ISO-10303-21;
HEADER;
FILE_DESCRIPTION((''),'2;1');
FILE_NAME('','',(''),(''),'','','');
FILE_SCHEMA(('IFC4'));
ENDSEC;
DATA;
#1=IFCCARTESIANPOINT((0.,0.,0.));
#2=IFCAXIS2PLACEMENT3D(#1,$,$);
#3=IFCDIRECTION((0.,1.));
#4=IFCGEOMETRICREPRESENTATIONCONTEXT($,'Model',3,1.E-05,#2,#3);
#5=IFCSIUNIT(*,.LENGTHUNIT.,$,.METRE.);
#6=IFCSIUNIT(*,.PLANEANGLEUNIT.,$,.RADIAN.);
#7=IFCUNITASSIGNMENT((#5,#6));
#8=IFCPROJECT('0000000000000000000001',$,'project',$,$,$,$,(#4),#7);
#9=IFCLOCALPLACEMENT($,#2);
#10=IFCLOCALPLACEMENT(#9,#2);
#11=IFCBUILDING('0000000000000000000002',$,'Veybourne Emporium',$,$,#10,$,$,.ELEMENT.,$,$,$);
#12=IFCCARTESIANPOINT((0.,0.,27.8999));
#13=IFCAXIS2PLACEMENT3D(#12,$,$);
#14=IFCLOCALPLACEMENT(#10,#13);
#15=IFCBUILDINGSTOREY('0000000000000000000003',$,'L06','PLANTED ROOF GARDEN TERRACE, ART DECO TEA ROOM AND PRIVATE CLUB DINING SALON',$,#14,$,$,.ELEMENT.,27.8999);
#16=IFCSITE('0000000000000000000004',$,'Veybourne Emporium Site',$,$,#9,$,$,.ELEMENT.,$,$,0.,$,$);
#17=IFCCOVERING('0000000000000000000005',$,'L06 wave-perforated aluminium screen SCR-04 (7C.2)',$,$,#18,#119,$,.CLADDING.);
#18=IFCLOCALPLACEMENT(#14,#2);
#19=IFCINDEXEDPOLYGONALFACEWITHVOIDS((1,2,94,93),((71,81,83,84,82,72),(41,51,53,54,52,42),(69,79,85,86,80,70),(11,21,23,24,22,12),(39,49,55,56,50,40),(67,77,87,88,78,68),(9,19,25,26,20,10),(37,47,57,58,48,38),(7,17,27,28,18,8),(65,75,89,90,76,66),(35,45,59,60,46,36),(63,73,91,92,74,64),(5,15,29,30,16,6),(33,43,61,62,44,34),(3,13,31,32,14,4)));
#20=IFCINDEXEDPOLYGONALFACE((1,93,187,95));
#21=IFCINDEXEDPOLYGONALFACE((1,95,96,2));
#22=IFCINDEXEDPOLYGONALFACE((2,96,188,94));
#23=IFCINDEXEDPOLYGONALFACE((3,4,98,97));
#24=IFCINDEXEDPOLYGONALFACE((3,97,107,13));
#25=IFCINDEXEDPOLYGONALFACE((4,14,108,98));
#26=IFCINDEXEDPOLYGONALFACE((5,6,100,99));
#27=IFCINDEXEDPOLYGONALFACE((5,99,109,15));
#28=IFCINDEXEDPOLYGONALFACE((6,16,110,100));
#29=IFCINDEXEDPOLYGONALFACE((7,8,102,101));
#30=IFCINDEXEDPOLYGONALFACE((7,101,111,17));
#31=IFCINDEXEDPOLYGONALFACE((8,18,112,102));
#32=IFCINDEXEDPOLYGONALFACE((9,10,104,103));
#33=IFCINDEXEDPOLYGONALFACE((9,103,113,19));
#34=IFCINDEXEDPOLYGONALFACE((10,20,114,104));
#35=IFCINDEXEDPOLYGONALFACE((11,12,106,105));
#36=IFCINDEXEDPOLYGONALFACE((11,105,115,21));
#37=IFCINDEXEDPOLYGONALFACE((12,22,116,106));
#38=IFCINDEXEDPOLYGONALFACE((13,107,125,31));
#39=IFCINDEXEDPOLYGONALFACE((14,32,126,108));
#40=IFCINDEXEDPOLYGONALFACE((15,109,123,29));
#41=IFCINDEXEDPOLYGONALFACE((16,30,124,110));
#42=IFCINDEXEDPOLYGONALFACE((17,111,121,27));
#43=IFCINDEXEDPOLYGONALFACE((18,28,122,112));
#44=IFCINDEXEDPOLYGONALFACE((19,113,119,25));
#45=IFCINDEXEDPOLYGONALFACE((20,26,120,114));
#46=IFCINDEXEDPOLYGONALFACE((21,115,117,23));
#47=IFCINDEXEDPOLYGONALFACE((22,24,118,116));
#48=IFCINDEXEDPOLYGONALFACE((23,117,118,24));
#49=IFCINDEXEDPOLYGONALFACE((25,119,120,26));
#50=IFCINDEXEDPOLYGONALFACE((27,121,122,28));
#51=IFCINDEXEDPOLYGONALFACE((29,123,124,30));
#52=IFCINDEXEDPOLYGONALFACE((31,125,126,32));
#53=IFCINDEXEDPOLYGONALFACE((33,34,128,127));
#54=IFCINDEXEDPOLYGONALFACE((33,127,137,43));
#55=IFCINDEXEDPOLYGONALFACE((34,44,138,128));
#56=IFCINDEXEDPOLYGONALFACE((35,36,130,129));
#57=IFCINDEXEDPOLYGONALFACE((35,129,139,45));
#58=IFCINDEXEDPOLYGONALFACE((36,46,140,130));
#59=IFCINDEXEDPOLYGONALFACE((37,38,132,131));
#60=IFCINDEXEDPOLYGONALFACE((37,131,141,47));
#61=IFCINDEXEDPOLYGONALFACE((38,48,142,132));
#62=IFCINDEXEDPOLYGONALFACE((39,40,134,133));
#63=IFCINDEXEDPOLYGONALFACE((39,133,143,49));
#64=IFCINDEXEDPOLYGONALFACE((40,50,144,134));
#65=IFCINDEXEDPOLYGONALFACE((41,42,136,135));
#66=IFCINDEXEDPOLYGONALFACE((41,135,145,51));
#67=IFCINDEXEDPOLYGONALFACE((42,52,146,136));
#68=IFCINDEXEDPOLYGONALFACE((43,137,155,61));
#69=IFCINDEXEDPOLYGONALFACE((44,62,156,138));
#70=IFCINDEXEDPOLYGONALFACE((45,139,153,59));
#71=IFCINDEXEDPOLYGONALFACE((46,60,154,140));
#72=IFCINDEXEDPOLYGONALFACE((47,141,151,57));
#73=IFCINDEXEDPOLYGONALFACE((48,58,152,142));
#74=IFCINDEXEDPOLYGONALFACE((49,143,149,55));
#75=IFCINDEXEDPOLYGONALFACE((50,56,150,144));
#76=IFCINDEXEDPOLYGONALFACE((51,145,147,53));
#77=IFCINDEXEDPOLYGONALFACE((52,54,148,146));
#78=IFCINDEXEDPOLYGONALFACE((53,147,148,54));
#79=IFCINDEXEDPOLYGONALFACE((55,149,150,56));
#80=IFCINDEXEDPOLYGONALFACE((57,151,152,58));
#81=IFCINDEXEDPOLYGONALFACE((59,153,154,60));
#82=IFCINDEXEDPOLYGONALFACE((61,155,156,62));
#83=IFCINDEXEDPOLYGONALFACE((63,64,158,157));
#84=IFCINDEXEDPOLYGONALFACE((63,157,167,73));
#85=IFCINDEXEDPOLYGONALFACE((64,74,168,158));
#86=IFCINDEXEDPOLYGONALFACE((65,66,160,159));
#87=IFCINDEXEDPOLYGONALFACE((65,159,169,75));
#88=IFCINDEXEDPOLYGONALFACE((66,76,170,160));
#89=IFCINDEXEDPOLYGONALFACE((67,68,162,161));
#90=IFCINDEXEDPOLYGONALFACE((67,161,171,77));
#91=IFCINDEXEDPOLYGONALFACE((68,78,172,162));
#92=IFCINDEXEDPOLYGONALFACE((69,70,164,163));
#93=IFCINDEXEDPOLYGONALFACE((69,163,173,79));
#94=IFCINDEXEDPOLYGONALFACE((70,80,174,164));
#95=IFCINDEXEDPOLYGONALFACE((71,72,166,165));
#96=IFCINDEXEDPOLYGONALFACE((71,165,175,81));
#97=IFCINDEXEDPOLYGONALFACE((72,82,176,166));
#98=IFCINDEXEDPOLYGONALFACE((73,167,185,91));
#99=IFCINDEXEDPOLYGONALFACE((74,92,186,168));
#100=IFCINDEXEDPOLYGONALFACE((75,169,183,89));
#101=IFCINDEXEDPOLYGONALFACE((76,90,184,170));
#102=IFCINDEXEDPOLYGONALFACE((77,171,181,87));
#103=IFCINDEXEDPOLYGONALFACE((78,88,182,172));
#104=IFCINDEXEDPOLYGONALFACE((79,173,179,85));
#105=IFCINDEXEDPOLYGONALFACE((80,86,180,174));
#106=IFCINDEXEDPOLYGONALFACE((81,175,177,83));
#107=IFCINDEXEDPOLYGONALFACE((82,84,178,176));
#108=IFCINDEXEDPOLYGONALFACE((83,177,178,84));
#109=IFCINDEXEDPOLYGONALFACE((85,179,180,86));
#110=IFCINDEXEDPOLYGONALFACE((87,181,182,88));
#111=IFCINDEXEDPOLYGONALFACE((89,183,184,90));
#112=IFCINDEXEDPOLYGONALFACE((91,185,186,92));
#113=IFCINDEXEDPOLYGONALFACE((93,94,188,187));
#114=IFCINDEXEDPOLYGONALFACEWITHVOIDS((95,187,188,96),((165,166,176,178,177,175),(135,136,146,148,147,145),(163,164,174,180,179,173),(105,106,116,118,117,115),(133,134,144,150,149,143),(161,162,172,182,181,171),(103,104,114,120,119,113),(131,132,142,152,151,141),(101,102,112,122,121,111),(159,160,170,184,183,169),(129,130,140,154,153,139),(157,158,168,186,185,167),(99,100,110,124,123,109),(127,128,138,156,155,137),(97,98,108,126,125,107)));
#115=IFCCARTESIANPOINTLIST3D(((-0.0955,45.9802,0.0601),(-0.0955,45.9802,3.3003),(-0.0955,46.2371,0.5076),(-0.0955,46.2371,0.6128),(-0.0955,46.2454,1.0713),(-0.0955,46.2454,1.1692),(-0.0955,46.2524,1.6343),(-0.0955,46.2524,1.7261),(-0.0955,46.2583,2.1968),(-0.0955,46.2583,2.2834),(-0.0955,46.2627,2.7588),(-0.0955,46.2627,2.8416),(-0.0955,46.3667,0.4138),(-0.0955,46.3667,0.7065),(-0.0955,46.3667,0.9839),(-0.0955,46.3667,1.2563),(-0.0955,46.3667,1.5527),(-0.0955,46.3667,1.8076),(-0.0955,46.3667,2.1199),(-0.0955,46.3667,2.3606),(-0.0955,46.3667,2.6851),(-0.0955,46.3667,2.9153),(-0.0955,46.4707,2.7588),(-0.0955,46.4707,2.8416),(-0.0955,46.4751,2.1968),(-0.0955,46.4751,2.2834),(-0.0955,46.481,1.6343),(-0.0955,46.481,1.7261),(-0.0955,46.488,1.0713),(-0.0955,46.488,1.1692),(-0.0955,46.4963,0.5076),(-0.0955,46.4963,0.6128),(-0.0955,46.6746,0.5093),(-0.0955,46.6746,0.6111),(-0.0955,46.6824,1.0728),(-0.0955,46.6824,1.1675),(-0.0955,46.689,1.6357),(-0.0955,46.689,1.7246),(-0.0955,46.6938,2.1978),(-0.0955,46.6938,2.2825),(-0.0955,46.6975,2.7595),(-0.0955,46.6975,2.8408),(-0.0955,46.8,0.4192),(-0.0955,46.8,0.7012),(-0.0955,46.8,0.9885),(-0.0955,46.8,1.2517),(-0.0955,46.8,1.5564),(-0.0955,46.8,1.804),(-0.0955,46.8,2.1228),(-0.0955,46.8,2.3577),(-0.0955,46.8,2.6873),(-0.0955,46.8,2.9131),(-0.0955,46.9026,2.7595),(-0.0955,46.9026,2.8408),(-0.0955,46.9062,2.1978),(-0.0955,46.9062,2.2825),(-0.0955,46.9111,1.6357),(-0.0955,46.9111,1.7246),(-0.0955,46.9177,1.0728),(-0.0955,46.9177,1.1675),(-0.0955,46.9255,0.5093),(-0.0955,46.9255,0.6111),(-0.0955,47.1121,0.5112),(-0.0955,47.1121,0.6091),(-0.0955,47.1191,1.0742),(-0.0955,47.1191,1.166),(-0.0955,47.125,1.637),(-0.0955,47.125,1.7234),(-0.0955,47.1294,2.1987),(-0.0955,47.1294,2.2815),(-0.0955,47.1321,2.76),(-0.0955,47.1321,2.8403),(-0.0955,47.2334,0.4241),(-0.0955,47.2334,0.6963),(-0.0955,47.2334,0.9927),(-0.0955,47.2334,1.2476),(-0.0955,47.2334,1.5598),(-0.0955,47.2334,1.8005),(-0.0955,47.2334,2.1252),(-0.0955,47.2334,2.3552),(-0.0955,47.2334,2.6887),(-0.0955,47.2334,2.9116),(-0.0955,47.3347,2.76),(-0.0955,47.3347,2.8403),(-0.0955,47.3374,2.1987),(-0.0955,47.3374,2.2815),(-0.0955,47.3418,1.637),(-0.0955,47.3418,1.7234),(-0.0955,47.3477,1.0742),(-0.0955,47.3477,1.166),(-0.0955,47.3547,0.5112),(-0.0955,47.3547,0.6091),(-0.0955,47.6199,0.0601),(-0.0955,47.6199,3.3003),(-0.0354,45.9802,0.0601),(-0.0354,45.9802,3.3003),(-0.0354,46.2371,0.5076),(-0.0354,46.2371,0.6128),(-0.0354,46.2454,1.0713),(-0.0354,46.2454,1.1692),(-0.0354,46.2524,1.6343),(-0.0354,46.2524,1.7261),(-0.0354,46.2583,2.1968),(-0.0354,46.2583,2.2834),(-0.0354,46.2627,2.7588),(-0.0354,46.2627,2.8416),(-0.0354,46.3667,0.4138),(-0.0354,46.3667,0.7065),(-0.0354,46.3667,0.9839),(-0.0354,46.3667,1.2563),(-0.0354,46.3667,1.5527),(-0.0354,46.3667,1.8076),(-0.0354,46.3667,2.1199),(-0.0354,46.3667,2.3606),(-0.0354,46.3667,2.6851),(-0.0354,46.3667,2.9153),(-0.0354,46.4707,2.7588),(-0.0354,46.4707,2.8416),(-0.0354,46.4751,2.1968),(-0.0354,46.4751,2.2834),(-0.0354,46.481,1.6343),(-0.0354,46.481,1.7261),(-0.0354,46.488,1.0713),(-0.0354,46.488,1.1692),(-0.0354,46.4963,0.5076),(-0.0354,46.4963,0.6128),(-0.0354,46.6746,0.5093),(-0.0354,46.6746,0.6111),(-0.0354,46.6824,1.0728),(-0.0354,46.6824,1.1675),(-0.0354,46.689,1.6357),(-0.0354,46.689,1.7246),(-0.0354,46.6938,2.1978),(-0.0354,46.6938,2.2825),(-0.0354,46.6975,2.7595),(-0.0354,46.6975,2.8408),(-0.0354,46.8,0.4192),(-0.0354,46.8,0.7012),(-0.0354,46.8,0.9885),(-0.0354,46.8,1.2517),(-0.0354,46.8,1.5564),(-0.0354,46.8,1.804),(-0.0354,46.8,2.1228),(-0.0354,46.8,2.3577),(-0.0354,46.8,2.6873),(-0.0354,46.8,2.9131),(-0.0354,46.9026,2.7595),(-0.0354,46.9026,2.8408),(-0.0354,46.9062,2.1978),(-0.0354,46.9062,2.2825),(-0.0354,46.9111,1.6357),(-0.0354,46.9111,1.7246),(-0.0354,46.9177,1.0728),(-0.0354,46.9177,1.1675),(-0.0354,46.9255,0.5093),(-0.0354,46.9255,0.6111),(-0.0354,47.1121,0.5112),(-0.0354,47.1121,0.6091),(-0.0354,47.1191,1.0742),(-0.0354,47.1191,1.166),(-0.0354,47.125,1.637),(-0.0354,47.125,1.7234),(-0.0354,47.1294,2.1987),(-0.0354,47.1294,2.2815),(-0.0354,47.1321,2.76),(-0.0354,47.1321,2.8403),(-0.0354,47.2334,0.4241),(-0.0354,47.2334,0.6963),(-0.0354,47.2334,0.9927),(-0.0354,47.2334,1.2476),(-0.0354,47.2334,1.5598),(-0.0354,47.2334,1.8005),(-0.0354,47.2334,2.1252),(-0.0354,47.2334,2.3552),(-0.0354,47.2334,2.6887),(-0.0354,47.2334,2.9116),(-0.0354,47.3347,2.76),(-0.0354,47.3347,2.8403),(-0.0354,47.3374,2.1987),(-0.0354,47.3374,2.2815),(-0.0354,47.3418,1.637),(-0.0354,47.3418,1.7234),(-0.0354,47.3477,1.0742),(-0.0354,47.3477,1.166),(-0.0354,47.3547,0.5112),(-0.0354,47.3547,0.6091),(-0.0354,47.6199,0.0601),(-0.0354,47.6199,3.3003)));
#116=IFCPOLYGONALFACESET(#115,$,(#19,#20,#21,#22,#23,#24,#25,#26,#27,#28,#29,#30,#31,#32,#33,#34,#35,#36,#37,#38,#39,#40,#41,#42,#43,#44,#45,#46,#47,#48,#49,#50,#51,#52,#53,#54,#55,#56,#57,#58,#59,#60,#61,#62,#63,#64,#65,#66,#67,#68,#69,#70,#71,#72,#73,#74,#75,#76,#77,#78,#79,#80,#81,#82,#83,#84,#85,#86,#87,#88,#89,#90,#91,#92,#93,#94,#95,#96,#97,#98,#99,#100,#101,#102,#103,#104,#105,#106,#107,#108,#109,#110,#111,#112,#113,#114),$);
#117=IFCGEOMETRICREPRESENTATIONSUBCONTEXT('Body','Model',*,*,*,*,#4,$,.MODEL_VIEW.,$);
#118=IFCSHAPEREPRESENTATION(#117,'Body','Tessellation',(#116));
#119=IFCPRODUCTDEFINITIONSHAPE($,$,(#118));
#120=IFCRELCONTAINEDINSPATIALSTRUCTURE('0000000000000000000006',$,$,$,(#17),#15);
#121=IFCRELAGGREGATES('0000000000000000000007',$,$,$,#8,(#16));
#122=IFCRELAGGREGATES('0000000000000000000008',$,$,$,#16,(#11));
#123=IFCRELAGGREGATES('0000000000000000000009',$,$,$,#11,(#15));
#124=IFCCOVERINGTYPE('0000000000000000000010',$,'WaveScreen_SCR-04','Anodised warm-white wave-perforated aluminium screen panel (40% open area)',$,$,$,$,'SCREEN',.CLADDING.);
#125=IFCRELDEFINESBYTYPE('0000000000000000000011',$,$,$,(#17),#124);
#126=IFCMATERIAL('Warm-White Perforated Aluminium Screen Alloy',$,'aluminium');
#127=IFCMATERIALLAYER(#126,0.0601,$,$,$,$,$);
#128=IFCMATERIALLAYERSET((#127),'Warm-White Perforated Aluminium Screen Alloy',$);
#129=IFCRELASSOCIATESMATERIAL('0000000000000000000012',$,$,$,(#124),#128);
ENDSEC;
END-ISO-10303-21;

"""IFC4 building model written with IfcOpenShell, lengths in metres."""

from ifc_helpers import new_model, si_unit, direction, frame, origin, place, context, subcontext, project, spatial, polyline, outline, extrude, material, layer, layer_set, type_object, element, save


model = new_model("IFC4")

# Units and contexts
model_context = context("Model", 3, precision=1e-05, world=origin(), true_north=direction((0.0, 1.0)))
body_context = subcontext(model_context, "Body", "Model", "MODEL_VIEW")
ifc_project = project(units=[si_unit("LENGTHUNIT", "METRE"), si_unit("PLANEANGLEUNIT", "RADIAN")], contexts=[model_context])

# Site, building, storey
site_placement = place(None, origin())
site = spatial("IfcSite", under=ifc_project, at=site_placement, Name="Veybourne Emporium Site", CompositionType="ELEMENT", RefElevation=0.0)
building_placement = place(site_placement, origin())
building = spatial("IfcBuilding", under=site, at=building_placement, Name="Veybourne Emporium", CompositionType="ELEMENT")
storey_placement = place(building_placement, frame((0.0, 0.0, 27.8999)))
storey = spatial("IfcBuildingStorey", under=building, at=storey_placement, Name="L06", Description="PLANTED ROOF GARDEN TERRACE, ART DECO TEA ROOM AND PRIVATE CLUB DINING SALON", CompositionType="ELEMENT", Elevation=27.8999)

# Covering
ifc_material_1 = material(Name="Warm-White Perforated Aluminium Screen Alloy", Category="aluminium")
ifc_layer_1 = layer(ifc_material_1, 0.0601)
ifc_layer_set_1 = layer_set([ifc_layer_1], Name="Warm-White Perforated Aluminium Screen Alloy")
covering_type_1 = type_object("IfcCoveringType", Name="WaveScreen_SCR-04", Description="Anodised warm-white wave-perforated aluminium screen panel (40% open area)", ElementType="SCREEN", PredefinedType="CLADDING", material=ifc_layer_set_1)
covering_1_placement = place(storey_placement, frame((-0.0955, 46.8, 1.6802), z_axis=(1.0, 0.0, 0.0), x_axis=(0.0, 1.0, 0.0)))
element("IfcCovering", 1, at=covering_1_placement, inside=storey, type_object=covering_type_1, Name="L06 wave-perforated aluminium screen SCR-04 (7C.2)", PredefinedType="CLADDING", context=body_context, shape_type="SweptSolid", body=[
    extrude(outline(polyline([(-0.8198, -1.6201), (0.8198, -1.6201), (0.8198, 1.6201), (-0.8198, 1.6201), (-0.8198, -1.6201)]), holes=[polyline([(-0.4333, -0.9736), (-0.3037, -1.0674), (-0.3037, -1.1726), (-0.4333, -1.2664), (-0.563, -1.1726), (-0.563, -1.0674), (-0.4333, -0.9736)]), polyline([(-0.4333, -0.4238), (-0.312, -0.511), (-0.312, -0.6089), (-0.4333, -0.6963), (-0.5547, -0.6089), (-0.5547, -0.511), (-0.4333, -0.4238)]), polyline([(-0.4333, 0.1274), (-0.3191, 0.0459), (-0.3191, -0.0459), (-0.4333, -0.1274), (-0.5476, -0.0459), (-0.5476, 0.0459), (-0.4333, 0.1274)]), polyline([(-0.4333, 0.6804), (-0.325, 0.6033), (-0.325, 0.5166), (-0.4333, 0.4397), (-0.5417, 0.5166), (-0.5417, 0.6033), (-0.4333, 0.6804)]), polyline([(-0.4333, 1.2351), (-0.3293, 1.1614), (-0.3293, 1.0786), (-0.4333, 1.0049), (-0.5374, 1.0786), (-0.5374, 1.1614), (-0.4333, 1.2351)]), polyline([(0.0, -0.979), (0.1255, -1.0691), (0.1255, -1.1709), (0.0, -1.261), (-0.1255, -1.1709), (-0.1255, -1.0691), (0.0, -0.979)]), polyline([(0.0, -0.4285), (0.1177, -0.5127), (0.1177, -0.6074), (0.0, -0.6917), (-0.1177, -0.6074), (-0.1177, -0.5127), (0.0, -0.4285)]), polyline([(0.0, 0.1238), (0.1111, 0.0444), (0.1111, -0.0444), (0.0, -0.1238), (-0.1111, -0.0444), (-0.1111, 0.0444), (0.0, 0.1238)]), polyline([(0.0, 0.6775), (0.1062, 0.6023), (0.1062, 0.5176), (0.0, 0.4426), (-0.1062, 0.5176), (-0.1062, 0.6023), (0.0, 0.6775)]), polyline([(0.0, 1.2329), (0.1025, 1.1606), (0.1025, 1.0793), (0.0, 1.0071), (-0.1025, 1.0793), (-0.1025, 1.1606), (0.0, 1.2329)]), polyline([(0.4333, -0.9839), (0.5547, -1.071), (0.5547, -1.1689), (0.4333, -1.2561), (0.312, -1.1689), (0.312, -1.071), (0.4333, -0.9839)]), polyline([(0.4333, -0.4326), (0.5476, -0.5142), (0.5476, -0.606), (0.4333, -0.6875), (0.3191, -0.606), (0.3191, -0.5142), (0.4333, -0.4326)]), polyline([(0.4333, 0.1204), (0.5417, 0.0432), (0.5417, -0.0432), (0.4333, -0.1204), (0.325, -0.0432), (0.325, 0.0432), (0.4333, 0.1204)]), polyline([(0.4333, 0.675), (0.5374, 0.6013), (0.5374, 0.5186), (0.4333, 0.4451), (0.3293, 0.5186), (0.3293, 0.6013), (0.4333, 0.675)]), polyline([(0.4333, 1.2314), (0.5347, 1.1602), (0.5347, 1.0798), (0.4333, 1.0085), (0.332, 1.0798), (0.332, 1.1602), (0.4333, 1.2314)])]), origin(), (0.0, 0.0, 1.0), 0.0601),
])

save(model, "model.ifc")
